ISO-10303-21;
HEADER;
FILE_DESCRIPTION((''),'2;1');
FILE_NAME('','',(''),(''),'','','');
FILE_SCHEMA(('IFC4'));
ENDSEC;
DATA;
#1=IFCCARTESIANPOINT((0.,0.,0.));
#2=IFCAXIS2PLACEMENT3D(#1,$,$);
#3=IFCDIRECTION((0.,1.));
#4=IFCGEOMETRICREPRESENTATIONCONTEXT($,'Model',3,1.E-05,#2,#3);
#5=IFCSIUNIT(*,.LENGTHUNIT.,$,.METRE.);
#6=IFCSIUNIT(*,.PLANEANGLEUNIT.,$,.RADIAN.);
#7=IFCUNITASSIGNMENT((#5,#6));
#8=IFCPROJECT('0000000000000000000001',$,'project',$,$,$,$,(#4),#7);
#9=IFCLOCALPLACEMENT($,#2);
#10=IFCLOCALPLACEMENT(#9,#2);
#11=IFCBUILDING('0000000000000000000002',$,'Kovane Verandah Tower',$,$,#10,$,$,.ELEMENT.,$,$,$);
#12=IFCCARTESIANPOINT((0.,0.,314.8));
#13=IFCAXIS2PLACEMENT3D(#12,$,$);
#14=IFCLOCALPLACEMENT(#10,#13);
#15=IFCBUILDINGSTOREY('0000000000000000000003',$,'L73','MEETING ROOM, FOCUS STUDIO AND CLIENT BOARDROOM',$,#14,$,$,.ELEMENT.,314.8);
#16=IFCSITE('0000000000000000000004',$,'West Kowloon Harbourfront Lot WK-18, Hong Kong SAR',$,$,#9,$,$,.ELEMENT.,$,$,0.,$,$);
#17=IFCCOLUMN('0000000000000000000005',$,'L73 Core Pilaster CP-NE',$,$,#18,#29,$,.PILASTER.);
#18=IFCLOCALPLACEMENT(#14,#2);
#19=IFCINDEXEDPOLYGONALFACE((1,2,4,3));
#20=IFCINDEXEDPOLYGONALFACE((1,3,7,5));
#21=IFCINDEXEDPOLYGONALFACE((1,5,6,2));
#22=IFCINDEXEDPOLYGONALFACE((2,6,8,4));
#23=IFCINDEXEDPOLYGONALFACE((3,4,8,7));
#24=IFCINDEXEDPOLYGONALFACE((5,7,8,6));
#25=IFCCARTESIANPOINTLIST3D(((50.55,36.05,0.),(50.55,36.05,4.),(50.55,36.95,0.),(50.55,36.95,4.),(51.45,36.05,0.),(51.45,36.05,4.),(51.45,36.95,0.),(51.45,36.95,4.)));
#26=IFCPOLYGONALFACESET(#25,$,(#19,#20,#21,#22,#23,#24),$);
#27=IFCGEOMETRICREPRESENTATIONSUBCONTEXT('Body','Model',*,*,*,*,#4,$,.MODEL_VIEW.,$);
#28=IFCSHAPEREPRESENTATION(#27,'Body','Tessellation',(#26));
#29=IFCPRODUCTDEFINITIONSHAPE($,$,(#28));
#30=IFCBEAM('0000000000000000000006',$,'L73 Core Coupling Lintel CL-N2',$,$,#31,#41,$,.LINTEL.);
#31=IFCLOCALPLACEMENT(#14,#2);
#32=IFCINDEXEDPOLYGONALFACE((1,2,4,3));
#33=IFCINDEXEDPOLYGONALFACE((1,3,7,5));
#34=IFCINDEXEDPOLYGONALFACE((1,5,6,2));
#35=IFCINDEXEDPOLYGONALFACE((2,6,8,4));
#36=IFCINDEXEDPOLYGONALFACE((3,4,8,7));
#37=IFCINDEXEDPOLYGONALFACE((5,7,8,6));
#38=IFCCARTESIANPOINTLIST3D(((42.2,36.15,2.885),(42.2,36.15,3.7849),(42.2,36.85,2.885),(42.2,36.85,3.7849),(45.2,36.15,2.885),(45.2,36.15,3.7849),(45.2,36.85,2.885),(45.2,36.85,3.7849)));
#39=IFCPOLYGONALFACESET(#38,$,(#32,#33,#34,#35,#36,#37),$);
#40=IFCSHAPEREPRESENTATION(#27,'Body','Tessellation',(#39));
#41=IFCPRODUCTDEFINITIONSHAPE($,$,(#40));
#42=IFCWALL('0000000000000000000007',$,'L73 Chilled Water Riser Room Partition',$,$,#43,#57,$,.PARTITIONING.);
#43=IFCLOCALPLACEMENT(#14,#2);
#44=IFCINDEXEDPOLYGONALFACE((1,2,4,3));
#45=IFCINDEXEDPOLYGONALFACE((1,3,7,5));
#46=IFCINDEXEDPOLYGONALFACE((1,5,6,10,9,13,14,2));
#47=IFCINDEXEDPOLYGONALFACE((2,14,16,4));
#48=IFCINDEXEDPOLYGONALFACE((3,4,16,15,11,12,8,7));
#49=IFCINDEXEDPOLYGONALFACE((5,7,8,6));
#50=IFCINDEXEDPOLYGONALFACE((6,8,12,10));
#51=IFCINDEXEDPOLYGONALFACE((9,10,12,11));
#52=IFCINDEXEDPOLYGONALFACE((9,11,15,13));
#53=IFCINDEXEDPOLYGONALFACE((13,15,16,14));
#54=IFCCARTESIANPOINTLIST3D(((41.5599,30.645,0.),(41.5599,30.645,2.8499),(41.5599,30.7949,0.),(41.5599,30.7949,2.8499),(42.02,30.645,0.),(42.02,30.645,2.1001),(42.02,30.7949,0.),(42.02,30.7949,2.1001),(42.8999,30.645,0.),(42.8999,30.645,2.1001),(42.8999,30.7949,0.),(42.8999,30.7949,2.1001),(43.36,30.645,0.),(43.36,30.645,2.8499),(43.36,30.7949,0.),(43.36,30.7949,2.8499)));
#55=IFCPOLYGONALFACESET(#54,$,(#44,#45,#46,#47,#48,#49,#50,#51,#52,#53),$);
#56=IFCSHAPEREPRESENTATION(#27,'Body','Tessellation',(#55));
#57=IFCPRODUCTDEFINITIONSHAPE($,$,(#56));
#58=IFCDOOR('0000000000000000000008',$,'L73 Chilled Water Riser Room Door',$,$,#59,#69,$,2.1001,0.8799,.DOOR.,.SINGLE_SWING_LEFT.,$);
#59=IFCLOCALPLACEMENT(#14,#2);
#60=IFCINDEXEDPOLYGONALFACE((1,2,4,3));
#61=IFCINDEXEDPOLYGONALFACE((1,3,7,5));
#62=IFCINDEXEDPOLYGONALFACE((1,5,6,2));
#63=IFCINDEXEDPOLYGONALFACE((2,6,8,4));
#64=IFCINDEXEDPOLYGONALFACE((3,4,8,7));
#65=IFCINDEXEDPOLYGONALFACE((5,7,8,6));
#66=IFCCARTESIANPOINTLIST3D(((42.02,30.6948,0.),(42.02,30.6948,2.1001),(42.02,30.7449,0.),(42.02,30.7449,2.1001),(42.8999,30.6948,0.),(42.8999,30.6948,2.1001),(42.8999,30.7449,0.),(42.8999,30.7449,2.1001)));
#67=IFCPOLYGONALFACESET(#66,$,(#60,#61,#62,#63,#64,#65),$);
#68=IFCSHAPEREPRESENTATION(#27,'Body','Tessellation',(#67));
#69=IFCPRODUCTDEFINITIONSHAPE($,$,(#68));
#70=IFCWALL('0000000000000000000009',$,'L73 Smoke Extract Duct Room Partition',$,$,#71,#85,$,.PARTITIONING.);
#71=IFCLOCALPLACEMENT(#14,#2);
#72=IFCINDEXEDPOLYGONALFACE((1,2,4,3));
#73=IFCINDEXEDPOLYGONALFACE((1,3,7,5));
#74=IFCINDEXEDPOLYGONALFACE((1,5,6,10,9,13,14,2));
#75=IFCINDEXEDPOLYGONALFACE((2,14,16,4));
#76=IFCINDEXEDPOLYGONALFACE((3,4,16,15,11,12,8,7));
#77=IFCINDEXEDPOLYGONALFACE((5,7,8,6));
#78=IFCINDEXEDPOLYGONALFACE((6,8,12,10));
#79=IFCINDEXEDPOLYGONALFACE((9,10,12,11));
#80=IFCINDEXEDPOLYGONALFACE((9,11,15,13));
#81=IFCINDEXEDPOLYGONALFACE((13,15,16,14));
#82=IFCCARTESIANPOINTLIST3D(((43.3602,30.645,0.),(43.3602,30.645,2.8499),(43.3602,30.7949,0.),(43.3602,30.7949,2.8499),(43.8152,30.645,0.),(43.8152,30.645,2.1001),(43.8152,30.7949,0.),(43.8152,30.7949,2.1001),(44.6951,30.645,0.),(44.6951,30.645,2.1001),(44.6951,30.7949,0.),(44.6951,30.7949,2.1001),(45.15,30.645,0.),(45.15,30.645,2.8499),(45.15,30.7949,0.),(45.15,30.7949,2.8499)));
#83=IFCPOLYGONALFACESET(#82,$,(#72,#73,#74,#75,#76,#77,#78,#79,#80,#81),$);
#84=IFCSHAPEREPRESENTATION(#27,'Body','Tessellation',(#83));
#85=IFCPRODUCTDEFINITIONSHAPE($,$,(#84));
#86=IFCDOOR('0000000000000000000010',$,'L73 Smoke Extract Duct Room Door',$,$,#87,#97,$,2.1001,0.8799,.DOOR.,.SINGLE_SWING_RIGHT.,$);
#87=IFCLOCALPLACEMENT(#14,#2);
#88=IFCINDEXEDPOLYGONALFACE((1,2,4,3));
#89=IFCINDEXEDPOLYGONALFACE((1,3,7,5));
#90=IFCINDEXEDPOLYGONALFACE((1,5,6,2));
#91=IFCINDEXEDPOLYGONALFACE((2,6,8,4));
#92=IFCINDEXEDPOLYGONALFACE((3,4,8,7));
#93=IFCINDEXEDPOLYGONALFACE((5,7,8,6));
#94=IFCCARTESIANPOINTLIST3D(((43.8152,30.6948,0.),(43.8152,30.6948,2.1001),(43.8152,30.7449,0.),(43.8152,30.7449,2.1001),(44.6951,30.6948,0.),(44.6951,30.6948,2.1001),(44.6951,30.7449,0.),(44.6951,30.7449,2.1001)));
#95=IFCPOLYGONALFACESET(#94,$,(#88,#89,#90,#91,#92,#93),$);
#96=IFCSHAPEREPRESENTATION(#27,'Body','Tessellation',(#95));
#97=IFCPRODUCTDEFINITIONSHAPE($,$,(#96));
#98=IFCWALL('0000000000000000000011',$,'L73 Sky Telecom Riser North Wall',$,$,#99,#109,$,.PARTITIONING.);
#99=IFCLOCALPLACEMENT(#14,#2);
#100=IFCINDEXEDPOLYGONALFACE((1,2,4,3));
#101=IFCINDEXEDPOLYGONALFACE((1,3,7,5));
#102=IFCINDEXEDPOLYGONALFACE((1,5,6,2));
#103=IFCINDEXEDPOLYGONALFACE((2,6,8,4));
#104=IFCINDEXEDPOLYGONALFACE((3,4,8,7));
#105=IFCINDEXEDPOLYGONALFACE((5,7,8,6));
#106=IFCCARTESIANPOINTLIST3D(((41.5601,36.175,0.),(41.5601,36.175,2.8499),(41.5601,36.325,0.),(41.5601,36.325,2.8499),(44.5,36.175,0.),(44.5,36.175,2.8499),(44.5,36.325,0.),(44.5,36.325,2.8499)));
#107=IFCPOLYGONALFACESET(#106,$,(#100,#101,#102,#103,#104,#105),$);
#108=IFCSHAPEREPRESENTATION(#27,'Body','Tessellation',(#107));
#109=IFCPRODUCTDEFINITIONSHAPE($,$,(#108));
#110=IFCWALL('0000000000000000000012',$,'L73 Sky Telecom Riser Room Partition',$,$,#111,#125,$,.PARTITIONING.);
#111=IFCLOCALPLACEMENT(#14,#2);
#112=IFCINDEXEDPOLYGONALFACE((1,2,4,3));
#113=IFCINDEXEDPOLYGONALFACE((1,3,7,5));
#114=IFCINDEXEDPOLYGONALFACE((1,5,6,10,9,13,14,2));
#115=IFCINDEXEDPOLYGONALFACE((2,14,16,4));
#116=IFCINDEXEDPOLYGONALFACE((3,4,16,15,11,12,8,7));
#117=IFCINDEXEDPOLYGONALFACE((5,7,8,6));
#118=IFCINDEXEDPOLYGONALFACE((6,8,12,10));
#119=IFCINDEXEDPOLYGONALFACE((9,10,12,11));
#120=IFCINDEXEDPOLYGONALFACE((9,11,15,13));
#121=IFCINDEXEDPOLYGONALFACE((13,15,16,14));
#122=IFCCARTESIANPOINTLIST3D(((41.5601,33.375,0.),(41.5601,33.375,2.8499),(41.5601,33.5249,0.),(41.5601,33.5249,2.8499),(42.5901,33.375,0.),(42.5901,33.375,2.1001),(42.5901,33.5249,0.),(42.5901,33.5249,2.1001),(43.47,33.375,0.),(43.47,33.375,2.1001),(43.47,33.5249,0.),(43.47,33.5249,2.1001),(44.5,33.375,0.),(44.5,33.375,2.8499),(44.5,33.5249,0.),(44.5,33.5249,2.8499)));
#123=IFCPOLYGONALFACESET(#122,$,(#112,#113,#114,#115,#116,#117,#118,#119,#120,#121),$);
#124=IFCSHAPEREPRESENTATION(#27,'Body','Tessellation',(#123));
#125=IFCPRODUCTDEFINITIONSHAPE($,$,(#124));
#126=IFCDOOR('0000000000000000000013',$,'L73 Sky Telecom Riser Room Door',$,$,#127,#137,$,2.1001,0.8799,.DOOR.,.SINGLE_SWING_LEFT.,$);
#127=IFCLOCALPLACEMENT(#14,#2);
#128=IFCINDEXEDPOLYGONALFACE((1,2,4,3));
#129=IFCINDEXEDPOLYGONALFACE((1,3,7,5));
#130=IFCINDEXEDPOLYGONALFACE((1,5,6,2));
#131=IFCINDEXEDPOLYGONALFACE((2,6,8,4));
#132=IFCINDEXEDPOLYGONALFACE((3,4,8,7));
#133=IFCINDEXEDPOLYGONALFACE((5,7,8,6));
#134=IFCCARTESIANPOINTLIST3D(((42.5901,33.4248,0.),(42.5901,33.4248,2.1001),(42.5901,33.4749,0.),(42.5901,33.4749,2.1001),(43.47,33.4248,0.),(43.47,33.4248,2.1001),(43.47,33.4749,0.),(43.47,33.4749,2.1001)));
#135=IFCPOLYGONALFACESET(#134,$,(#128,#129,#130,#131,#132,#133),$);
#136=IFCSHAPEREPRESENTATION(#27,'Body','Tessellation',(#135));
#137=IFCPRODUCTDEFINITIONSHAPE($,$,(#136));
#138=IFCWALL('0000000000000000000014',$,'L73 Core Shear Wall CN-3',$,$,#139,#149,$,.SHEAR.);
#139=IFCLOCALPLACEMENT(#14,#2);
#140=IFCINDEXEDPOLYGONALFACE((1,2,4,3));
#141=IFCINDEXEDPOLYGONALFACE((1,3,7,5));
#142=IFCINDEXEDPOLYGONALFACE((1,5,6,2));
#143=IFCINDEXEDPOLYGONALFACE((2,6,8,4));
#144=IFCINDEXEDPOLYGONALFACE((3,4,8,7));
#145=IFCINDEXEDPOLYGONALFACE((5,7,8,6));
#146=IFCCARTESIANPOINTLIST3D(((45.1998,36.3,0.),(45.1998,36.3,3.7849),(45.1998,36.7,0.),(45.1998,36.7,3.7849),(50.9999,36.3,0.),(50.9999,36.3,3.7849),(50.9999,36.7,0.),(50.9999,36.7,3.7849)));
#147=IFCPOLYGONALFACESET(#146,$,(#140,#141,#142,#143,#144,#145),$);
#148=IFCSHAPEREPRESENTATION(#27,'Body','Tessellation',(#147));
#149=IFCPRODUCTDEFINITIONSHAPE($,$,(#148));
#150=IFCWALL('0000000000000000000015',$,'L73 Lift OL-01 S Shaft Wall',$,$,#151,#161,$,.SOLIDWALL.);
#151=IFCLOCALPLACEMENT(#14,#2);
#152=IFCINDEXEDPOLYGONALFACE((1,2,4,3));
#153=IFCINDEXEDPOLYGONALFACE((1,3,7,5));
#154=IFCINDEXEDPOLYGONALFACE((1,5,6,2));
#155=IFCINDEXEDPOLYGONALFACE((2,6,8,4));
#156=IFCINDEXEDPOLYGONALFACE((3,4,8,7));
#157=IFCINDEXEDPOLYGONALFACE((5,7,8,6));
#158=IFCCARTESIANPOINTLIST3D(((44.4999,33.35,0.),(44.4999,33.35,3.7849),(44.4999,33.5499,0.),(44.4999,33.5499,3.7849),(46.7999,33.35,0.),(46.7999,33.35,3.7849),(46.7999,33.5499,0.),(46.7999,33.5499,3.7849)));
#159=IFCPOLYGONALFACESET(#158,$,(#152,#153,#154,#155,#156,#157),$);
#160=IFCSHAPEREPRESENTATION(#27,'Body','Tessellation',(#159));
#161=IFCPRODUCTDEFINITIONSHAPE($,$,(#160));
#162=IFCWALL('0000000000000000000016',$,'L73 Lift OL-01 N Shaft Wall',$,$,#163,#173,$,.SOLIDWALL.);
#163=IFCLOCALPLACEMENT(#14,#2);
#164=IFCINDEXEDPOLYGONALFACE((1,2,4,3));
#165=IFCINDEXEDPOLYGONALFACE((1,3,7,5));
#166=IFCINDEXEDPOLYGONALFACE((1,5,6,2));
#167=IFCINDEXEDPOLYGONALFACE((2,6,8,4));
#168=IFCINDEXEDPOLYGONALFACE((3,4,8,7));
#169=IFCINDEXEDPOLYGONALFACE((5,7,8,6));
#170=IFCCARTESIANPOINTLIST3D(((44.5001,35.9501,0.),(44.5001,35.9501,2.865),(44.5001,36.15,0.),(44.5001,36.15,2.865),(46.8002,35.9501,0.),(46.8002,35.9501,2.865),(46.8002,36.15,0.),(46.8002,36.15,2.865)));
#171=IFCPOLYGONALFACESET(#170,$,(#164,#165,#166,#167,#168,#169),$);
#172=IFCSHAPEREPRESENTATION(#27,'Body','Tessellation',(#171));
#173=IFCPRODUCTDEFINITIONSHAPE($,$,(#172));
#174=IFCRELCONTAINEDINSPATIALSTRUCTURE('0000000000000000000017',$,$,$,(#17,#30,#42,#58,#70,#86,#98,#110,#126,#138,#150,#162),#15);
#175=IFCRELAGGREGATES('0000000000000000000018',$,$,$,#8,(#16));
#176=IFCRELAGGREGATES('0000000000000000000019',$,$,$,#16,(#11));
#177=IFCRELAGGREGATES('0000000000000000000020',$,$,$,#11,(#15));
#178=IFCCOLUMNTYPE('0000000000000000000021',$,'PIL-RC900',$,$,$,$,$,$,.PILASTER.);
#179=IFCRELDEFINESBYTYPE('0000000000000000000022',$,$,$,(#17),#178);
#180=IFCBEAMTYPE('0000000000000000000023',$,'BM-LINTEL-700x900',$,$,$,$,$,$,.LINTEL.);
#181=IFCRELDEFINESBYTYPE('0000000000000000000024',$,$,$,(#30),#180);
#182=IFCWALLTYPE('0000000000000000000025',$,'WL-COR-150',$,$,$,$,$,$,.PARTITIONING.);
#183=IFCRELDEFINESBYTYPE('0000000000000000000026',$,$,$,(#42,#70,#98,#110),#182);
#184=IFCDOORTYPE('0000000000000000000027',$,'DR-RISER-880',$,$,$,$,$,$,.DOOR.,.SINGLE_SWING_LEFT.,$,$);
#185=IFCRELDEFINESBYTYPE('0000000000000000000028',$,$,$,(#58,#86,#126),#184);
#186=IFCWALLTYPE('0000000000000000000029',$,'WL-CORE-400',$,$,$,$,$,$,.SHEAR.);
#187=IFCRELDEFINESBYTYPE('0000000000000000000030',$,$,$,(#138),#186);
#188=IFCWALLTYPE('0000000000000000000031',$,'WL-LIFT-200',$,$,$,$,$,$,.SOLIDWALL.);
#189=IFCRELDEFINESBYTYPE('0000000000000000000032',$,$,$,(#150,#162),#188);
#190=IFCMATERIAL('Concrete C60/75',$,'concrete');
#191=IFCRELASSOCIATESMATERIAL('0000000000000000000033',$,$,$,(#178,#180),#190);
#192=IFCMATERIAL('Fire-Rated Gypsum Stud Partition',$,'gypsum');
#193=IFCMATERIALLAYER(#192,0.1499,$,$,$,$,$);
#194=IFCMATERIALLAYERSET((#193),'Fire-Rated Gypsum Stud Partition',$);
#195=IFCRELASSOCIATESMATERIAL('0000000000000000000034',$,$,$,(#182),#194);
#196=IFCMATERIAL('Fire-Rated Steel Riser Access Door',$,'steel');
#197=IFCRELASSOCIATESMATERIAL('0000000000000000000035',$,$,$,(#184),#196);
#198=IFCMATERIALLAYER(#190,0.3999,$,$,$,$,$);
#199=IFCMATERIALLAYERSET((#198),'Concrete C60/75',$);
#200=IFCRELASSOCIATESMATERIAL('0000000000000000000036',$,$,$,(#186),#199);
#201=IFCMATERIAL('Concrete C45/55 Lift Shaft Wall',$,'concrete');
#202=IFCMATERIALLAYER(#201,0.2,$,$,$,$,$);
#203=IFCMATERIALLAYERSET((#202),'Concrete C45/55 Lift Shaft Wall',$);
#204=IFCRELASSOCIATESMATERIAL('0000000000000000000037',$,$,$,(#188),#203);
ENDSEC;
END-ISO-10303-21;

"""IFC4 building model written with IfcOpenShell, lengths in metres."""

from ifc_helpers import new_model, si_unit, direction, frame, frame_2d, origin, origin_2d, place, context, subcontext, project, spatial, rectangle, extrude, material, layer, layer_set, material_profile, profile_set, type_object, element, fill, save


model = new_model("IFC4")

# Units and contexts
model_context = context("Model", 3, precision=1e-05, world=origin(), true_north=direction((0.0, 1.0)))
body_context = subcontext(model_context, "Body", "Model", "MODEL_VIEW")
ifc_project = project(units=[si_unit("LENGTHUNIT", "METRE"), si_unit("PLANEANGLEUNIT", "RADIAN")], contexts=[model_context])

# Site, building, storey
site_placement = place(None, origin())
site = spatial("IfcSite", under=ifc_project, at=site_placement, Name="West Kowloon Harbourfront Lot WK-18, Hong Kong SAR", CompositionType="ELEMENT", RefElevation=0.0)
building_placement = place(site_placement, origin())
building = spatial("IfcBuilding", under=site, at=building_placement, Name="Kovane Verandah Tower", CompositionType="ELEMENT")
storey_placement = place(building_placement, frame((0.0, 0.0, 314.8)))
storey = spatial("IfcBuildingStorey", under=building, at=storey_placement, Name="L73", Description="MEETING ROOM, FOCUS STUDIO AND CLIENT BOARDROOM", CompositionType="ELEMENT", Elevation=314.8)

# Column
ifc_material_1 = material(Name="Concrete C60/75", Category="concrete")
ifc_material_profile_1 = material_profile(ifc_material_1, rectangle(XDim=0.8999, YDim=0.8999, at=origin_2d()), Name="RC900x900")
ifc_profile_set_1 = profile_set([ifc_material_profile_1], Name="Concrete C60/75")
column_type = type_object("IfcColumnType", Name="PIL-RC900", PredefinedType="PILASTER", material=ifc_profile_set_1)
column_placement = place(storey_placement, frame((51.0, 36.5, 0.0), z_axis=(0.0, 0.0, 1.0), x_axis=(1.0, 0.0, 0.0)))
element("IfcColumn", 1, at=column_placement, inside=storey, type_object=column_type, Name="L73 Core Pilaster CP-NE", PredefinedType="PILASTER", context=body_context, shape_type="SweptSolid", body=[
    extrude(rectangle(XDim=0.8999, YDim=0.8999, at=origin_2d()), origin(), (0.0, 0.0, 1.0), 4.0),
])

# Beam
ifc_material_profile_2 = material_profile(ifc_material_1, rectangle(XDim=0.7, YDim=0.8999, at=origin_2d()), Name="RCB700x900")
ifc_profile_set_2 = profile_set([ifc_material_profile_2], Name="Concrete C60/75")
beam_type = type_object("IfcBeamType", Name="BM-LINTEL-700x900", PredefinedType="LINTEL", material=ifc_profile_set_2)
beam_placement = place(storey_placement, frame((42.2, 36.5, 3.335), z_axis=(1.0, 0.0, 0.0), x_axis=(0.0, 1.0, 0.0)))
element("IfcBeam", 2, at=beam_placement, inside=storey, type_object=beam_type, Name="L73 Core Coupling Lintel CL-N2", PredefinedType="LINTEL", context=body_context, shape_type="SweptSolid", body=[
    extrude(rectangle(XDim=0.7, YDim=0.8999, at=origin_2d()), origin(), (0.0, 0.0, 1.0), 3.0),
])

# Walls, openings, doors
ifc_material_2 = material(Name="Fire-Rated Gypsum Stud Partition", Category="gypsum")
ifc_layer_1 = layer(ifc_material_2, 0.1499)
ifc_layer_set_1 = layer_set([ifc_layer_1], Name="Fire-Rated Gypsum Stud Partition")
wall_type_1 = type_object("IfcWallType", Name="WL-COR-150", PredefinedType="PARTITIONING", material=ifc_layer_set_1)
wall_1_placement = place(storey_placement, frame((41.5601, 30.72, 0.0), z_axis=(0.0, 0.0, 1.0), x_axis=(1.0, 0.0, 0.0)))
wall_1 = element("IfcWall", 3, at=wall_1_placement, inside=storey, type_object=wall_type_1, Name="L73 Chilled Water Riser Room Partition", PredefinedType="PARTITIONING", context=body_context, shape_type="SweptSolid", body=[
    extrude(rectangle(XDim=1.8, YDim=0.1499, at=frame_2d((0.8999, 0.0))), origin(), (0.0, 0.0, 1.0), 2.8499),
])
opening_1_placement = place(wall_1_placement, frame((0.46, 0.0, 0.0)))
opening_1 = element("IfcOpeningElement", 4, at=opening_1_placement, cuts=wall_1, PredefinedType="OPENING", context=body_context, shape_type="SweptSolid", body=[
    extrude(rectangle(XDim=0.8799, YDim=2.1001, at=frame_2d((0.4399, 1.05))), frame((0.0, 0.075, 0.0), z_axis=(0.0, -1.0, 0.0), x_axis=(1.0, 0.0, 0.0)), (0.0, 0.0, 1.0), 0.1499),
])
ifc_material_3 = material(Name="Fire-Rated Steel Riser Access Door", Category="steel")
door_type = type_object("IfcDoorType", Name="DR-RISER-880", OperationType="SINGLE_SWING_LEFT", PredefinedType="DOOR", material=ifc_material_3)
door_1_placement = place(opening_1_placement, origin())
door_1 = element("IfcDoor", 5, at=door_1_placement, inside=storey, type_object=door_type, Name="L73 Chilled Water Riser Room Door", OperationType="SINGLE_SWING_LEFT", OverallHeight=2.1001, OverallWidth=0.8799, PredefinedType="DOOR", context=body_context, shape_type="SweptSolid", body=[
    extrude(rectangle(XDim=0.8799, YDim=2.1001, at=frame_2d((0.4399, 1.05))), frame((0.0, 0.0249, 0.0), z_axis=(0.0, -1.0, 0.0), x_axis=(1.0, 0.0, 0.0)), (0.0, 0.0, 1.0), 0.05),
])
fill(opening_1, door_1)
wall_2_placement = place(storey_placement, frame((43.3601, 30.72, 0.0), z_axis=(0.0, 0.0, 1.0), x_axis=(1.0, 0.0, 0.0)))
wall_2 = element("IfcWall", 6, at=wall_2_placement, inside=storey, type_object=wall_type_1, Name="L73 Smoke Extract Duct Room Partition", PredefinedType="PARTITIONING", context=body_context, shape_type="SweptSolid", body=[
    extrude(rectangle(XDim=1.7898, YDim=0.1499, at=frame_2d((0.895, 0.0))), origin(), (0.0, 0.0, 1.0), 2.8499),
])
opening_2_placement = place(wall_2_placement, frame((0.4551, 0.0, 0.0)))
opening_2 = element("IfcOpeningElement", 7, at=opening_2_placement, cuts=wall_2, PredefinedType="OPENING", context=body_context, shape_type="SweptSolid", body=[
    extrude(rectangle(XDim=0.8799, YDim=2.1001, at=frame_2d((0.4399, 1.05))), frame((0.0, 0.075, 0.0), z_axis=(0.0, -1.0, 0.0), x_axis=(1.0, 0.0, 0.0)), (0.0, 0.0, 1.0), 0.1499),
])
door_2_placement = place(opening_2_placement, origin())
door_2 = element("IfcDoor", 8, at=door_2_placement, inside=storey, type_object=door_type, Name="L73 Smoke Extract Duct Room Door", OperationType="SINGLE_SWING_RIGHT", OverallHeight=2.1001, OverallWidth=0.8799, PredefinedType="DOOR", context=body_context, shape_type="SweptSolid", body=[
    extrude(rectangle(XDim=0.8799, YDim=2.1001, at=frame_2d((0.4399, 1.05))), frame((0.0, 0.0249, 0.0), z_axis=(0.0, -1.0, 0.0), x_axis=(1.0, 0.0, 0.0)), (0.0, 0.0, 1.0), 0.05),
])
fill(opening_2, door_2)

# Wall
wall_3_placement = place(storey_placement, frame((41.5601, 36.25, 0.0), z_axis=(0.0, 0.0, 1.0), x_axis=(1.0, 0.0, 0.0)))
element("IfcWall", 9, at=wall_3_placement, inside=storey, type_object=wall_type_1, Name="L73 Sky Telecom Riser North Wall", PredefinedType="PARTITIONING", context=body_context, shape_type="SweptSolid", body=[
    extrude(rectangle(XDim=2.9399, YDim=0.1499, at=frame_2d((1.47, 0.0))), origin(), (0.0, 0.0, 1.0), 2.8499),
])

# Wall, opening, door
wall_4_placement = place(storey_placement, frame((41.5601, 33.45, 0.0), z_axis=(0.0, 0.0, 1.0), x_axis=(1.0, 0.0, 0.0)))
wall_4 = element("IfcWall", 10, at=wall_4_placement, inside=storey, type_object=wall_type_1, Name="L73 Sky Telecom Riser Room Partition", PredefinedType="PARTITIONING", context=body_context, shape_type="SweptSolid", body=[
    extrude(rectangle(XDim=2.9399, YDim=0.1499, at=frame_2d((1.47, 0.0))), origin(), (0.0, 0.0, 1.0), 2.8499),
])
opening_3_placement = place(wall_4_placement, frame((1.03, 0.0, 0.0)))
opening_3 = element("IfcOpeningElement", 11, at=opening_3_placement, cuts=wall_4, PredefinedType="OPENING", context=body_context, shape_type="SweptSolid", body=[
    extrude(rectangle(XDim=0.8799, YDim=2.1001, at=frame_2d((0.4399, 1.05))), frame((0.0, 0.075, 0.0), z_axis=(0.0, -1.0, 0.0), x_axis=(1.0, 0.0, 0.0)), (0.0, 0.0, 1.0), 0.1499),
])
door_3_placement = place(opening_3_placement, origin())
door_3 = element("IfcDoor", 12, at=door_3_placement, inside=storey, type_object=door_type, Name="L73 Sky Telecom Riser Room Door", OperationType="SINGLE_SWING_LEFT", OverallHeight=2.1001, OverallWidth=0.8799, PredefinedType="DOOR", context=body_context, shape_type="SweptSolid", body=[
    extrude(rectangle(XDim=0.8799, YDim=2.1001, at=frame_2d((0.4399, 1.05))), frame((0.0, 0.0249, 0.0), z_axis=(0.0, -1.0, 0.0), x_axis=(1.0, 0.0, 0.0)), (0.0, 0.0, 1.0), 0.05),
])
fill(opening_3, door_3)

# Walls
ifc_layer_2 = layer(ifc_material_1, 0.3999)
ifc_layer_set_2 = layer_set([ifc_layer_2], Name="Concrete C60/75")
wall_type_2 = type_object("IfcWallType", Name="WL-CORE-400", PredefinedType="SHEAR", material=ifc_layer_set_2)
wall_5_placement = place(storey_placement, frame((45.2, 36.5, 0.0), z_axis=(0.0, 0.0, 1.0), x_axis=(1.0, 0.0, 0.0)))
element("IfcWall", 13, at=wall_5_placement, inside=storey, type_object=wall_type_2, Name="L73 Core Shear Wall CN-3", PredefinedType="SHEAR", context=body_context, shape_type="SweptSolid", body=[
    extrude(rectangle(XDim=5.8, YDim=0.3999, at=frame_2d((2.8999, 0.0))), origin(), (0.0, 0.0, 1.0), 3.7849),
])
ifc_material_4 = material(Name="Concrete C45/55 Lift Shaft Wall", Category="concrete")
ifc_layer_3 = layer(ifc_material_4, 0.2)
ifc_layer_set_3 = layer_set([ifc_layer_3], Name="Concrete C45/55 Lift Shaft Wall")
wall_type_3 = type_object("IfcWallType", Name="WL-LIFT-200", PredefinedType="SOLIDWALL", material=ifc_layer_set_3)
wall_6_placement = place(storey_placement, frame((44.5, 33.45, 0.0), z_axis=(0.0, 0.0, 1.0), x_axis=(1.0, 0.0, 0.0)))
element("IfcWall", 14, at=wall_6_placement, inside=storey, type_object=wall_type_3, Name="L73 Lift OL-01 S Shaft Wall", PredefinedType="SOLIDWALL", context=body_context, shape_type="SweptSolid", body=[
    extrude(rectangle(XDim=2.3, YDim=0.2, at=frame_2d((1.1499, 0.0))), origin(), (0.0, 0.0, 1.0), 3.7849),
])
wall_7_placement = place(storey_placement, frame((46.8, 36.05, 0.0), z_axis=(0.0, 0.0, 1.0), x_axis=(-1.0, 0.0, 0.0)))
element("IfcWall", 15, at=wall_7_placement, inside=storey, type_object=wall_type_3, Name="L73 Lift OL-01 N Shaft Wall", PredefinedType="SOLIDWALL", context=body_context, shape_type="SweptSolid", body=[
    extrude(rectangle(XDim=2.3, YDim=0.2, at=frame_2d((1.1499, 0.0))), origin(), (0.0, 0.0, 1.0), 2.865),
])

save(model, "model.ifc")
